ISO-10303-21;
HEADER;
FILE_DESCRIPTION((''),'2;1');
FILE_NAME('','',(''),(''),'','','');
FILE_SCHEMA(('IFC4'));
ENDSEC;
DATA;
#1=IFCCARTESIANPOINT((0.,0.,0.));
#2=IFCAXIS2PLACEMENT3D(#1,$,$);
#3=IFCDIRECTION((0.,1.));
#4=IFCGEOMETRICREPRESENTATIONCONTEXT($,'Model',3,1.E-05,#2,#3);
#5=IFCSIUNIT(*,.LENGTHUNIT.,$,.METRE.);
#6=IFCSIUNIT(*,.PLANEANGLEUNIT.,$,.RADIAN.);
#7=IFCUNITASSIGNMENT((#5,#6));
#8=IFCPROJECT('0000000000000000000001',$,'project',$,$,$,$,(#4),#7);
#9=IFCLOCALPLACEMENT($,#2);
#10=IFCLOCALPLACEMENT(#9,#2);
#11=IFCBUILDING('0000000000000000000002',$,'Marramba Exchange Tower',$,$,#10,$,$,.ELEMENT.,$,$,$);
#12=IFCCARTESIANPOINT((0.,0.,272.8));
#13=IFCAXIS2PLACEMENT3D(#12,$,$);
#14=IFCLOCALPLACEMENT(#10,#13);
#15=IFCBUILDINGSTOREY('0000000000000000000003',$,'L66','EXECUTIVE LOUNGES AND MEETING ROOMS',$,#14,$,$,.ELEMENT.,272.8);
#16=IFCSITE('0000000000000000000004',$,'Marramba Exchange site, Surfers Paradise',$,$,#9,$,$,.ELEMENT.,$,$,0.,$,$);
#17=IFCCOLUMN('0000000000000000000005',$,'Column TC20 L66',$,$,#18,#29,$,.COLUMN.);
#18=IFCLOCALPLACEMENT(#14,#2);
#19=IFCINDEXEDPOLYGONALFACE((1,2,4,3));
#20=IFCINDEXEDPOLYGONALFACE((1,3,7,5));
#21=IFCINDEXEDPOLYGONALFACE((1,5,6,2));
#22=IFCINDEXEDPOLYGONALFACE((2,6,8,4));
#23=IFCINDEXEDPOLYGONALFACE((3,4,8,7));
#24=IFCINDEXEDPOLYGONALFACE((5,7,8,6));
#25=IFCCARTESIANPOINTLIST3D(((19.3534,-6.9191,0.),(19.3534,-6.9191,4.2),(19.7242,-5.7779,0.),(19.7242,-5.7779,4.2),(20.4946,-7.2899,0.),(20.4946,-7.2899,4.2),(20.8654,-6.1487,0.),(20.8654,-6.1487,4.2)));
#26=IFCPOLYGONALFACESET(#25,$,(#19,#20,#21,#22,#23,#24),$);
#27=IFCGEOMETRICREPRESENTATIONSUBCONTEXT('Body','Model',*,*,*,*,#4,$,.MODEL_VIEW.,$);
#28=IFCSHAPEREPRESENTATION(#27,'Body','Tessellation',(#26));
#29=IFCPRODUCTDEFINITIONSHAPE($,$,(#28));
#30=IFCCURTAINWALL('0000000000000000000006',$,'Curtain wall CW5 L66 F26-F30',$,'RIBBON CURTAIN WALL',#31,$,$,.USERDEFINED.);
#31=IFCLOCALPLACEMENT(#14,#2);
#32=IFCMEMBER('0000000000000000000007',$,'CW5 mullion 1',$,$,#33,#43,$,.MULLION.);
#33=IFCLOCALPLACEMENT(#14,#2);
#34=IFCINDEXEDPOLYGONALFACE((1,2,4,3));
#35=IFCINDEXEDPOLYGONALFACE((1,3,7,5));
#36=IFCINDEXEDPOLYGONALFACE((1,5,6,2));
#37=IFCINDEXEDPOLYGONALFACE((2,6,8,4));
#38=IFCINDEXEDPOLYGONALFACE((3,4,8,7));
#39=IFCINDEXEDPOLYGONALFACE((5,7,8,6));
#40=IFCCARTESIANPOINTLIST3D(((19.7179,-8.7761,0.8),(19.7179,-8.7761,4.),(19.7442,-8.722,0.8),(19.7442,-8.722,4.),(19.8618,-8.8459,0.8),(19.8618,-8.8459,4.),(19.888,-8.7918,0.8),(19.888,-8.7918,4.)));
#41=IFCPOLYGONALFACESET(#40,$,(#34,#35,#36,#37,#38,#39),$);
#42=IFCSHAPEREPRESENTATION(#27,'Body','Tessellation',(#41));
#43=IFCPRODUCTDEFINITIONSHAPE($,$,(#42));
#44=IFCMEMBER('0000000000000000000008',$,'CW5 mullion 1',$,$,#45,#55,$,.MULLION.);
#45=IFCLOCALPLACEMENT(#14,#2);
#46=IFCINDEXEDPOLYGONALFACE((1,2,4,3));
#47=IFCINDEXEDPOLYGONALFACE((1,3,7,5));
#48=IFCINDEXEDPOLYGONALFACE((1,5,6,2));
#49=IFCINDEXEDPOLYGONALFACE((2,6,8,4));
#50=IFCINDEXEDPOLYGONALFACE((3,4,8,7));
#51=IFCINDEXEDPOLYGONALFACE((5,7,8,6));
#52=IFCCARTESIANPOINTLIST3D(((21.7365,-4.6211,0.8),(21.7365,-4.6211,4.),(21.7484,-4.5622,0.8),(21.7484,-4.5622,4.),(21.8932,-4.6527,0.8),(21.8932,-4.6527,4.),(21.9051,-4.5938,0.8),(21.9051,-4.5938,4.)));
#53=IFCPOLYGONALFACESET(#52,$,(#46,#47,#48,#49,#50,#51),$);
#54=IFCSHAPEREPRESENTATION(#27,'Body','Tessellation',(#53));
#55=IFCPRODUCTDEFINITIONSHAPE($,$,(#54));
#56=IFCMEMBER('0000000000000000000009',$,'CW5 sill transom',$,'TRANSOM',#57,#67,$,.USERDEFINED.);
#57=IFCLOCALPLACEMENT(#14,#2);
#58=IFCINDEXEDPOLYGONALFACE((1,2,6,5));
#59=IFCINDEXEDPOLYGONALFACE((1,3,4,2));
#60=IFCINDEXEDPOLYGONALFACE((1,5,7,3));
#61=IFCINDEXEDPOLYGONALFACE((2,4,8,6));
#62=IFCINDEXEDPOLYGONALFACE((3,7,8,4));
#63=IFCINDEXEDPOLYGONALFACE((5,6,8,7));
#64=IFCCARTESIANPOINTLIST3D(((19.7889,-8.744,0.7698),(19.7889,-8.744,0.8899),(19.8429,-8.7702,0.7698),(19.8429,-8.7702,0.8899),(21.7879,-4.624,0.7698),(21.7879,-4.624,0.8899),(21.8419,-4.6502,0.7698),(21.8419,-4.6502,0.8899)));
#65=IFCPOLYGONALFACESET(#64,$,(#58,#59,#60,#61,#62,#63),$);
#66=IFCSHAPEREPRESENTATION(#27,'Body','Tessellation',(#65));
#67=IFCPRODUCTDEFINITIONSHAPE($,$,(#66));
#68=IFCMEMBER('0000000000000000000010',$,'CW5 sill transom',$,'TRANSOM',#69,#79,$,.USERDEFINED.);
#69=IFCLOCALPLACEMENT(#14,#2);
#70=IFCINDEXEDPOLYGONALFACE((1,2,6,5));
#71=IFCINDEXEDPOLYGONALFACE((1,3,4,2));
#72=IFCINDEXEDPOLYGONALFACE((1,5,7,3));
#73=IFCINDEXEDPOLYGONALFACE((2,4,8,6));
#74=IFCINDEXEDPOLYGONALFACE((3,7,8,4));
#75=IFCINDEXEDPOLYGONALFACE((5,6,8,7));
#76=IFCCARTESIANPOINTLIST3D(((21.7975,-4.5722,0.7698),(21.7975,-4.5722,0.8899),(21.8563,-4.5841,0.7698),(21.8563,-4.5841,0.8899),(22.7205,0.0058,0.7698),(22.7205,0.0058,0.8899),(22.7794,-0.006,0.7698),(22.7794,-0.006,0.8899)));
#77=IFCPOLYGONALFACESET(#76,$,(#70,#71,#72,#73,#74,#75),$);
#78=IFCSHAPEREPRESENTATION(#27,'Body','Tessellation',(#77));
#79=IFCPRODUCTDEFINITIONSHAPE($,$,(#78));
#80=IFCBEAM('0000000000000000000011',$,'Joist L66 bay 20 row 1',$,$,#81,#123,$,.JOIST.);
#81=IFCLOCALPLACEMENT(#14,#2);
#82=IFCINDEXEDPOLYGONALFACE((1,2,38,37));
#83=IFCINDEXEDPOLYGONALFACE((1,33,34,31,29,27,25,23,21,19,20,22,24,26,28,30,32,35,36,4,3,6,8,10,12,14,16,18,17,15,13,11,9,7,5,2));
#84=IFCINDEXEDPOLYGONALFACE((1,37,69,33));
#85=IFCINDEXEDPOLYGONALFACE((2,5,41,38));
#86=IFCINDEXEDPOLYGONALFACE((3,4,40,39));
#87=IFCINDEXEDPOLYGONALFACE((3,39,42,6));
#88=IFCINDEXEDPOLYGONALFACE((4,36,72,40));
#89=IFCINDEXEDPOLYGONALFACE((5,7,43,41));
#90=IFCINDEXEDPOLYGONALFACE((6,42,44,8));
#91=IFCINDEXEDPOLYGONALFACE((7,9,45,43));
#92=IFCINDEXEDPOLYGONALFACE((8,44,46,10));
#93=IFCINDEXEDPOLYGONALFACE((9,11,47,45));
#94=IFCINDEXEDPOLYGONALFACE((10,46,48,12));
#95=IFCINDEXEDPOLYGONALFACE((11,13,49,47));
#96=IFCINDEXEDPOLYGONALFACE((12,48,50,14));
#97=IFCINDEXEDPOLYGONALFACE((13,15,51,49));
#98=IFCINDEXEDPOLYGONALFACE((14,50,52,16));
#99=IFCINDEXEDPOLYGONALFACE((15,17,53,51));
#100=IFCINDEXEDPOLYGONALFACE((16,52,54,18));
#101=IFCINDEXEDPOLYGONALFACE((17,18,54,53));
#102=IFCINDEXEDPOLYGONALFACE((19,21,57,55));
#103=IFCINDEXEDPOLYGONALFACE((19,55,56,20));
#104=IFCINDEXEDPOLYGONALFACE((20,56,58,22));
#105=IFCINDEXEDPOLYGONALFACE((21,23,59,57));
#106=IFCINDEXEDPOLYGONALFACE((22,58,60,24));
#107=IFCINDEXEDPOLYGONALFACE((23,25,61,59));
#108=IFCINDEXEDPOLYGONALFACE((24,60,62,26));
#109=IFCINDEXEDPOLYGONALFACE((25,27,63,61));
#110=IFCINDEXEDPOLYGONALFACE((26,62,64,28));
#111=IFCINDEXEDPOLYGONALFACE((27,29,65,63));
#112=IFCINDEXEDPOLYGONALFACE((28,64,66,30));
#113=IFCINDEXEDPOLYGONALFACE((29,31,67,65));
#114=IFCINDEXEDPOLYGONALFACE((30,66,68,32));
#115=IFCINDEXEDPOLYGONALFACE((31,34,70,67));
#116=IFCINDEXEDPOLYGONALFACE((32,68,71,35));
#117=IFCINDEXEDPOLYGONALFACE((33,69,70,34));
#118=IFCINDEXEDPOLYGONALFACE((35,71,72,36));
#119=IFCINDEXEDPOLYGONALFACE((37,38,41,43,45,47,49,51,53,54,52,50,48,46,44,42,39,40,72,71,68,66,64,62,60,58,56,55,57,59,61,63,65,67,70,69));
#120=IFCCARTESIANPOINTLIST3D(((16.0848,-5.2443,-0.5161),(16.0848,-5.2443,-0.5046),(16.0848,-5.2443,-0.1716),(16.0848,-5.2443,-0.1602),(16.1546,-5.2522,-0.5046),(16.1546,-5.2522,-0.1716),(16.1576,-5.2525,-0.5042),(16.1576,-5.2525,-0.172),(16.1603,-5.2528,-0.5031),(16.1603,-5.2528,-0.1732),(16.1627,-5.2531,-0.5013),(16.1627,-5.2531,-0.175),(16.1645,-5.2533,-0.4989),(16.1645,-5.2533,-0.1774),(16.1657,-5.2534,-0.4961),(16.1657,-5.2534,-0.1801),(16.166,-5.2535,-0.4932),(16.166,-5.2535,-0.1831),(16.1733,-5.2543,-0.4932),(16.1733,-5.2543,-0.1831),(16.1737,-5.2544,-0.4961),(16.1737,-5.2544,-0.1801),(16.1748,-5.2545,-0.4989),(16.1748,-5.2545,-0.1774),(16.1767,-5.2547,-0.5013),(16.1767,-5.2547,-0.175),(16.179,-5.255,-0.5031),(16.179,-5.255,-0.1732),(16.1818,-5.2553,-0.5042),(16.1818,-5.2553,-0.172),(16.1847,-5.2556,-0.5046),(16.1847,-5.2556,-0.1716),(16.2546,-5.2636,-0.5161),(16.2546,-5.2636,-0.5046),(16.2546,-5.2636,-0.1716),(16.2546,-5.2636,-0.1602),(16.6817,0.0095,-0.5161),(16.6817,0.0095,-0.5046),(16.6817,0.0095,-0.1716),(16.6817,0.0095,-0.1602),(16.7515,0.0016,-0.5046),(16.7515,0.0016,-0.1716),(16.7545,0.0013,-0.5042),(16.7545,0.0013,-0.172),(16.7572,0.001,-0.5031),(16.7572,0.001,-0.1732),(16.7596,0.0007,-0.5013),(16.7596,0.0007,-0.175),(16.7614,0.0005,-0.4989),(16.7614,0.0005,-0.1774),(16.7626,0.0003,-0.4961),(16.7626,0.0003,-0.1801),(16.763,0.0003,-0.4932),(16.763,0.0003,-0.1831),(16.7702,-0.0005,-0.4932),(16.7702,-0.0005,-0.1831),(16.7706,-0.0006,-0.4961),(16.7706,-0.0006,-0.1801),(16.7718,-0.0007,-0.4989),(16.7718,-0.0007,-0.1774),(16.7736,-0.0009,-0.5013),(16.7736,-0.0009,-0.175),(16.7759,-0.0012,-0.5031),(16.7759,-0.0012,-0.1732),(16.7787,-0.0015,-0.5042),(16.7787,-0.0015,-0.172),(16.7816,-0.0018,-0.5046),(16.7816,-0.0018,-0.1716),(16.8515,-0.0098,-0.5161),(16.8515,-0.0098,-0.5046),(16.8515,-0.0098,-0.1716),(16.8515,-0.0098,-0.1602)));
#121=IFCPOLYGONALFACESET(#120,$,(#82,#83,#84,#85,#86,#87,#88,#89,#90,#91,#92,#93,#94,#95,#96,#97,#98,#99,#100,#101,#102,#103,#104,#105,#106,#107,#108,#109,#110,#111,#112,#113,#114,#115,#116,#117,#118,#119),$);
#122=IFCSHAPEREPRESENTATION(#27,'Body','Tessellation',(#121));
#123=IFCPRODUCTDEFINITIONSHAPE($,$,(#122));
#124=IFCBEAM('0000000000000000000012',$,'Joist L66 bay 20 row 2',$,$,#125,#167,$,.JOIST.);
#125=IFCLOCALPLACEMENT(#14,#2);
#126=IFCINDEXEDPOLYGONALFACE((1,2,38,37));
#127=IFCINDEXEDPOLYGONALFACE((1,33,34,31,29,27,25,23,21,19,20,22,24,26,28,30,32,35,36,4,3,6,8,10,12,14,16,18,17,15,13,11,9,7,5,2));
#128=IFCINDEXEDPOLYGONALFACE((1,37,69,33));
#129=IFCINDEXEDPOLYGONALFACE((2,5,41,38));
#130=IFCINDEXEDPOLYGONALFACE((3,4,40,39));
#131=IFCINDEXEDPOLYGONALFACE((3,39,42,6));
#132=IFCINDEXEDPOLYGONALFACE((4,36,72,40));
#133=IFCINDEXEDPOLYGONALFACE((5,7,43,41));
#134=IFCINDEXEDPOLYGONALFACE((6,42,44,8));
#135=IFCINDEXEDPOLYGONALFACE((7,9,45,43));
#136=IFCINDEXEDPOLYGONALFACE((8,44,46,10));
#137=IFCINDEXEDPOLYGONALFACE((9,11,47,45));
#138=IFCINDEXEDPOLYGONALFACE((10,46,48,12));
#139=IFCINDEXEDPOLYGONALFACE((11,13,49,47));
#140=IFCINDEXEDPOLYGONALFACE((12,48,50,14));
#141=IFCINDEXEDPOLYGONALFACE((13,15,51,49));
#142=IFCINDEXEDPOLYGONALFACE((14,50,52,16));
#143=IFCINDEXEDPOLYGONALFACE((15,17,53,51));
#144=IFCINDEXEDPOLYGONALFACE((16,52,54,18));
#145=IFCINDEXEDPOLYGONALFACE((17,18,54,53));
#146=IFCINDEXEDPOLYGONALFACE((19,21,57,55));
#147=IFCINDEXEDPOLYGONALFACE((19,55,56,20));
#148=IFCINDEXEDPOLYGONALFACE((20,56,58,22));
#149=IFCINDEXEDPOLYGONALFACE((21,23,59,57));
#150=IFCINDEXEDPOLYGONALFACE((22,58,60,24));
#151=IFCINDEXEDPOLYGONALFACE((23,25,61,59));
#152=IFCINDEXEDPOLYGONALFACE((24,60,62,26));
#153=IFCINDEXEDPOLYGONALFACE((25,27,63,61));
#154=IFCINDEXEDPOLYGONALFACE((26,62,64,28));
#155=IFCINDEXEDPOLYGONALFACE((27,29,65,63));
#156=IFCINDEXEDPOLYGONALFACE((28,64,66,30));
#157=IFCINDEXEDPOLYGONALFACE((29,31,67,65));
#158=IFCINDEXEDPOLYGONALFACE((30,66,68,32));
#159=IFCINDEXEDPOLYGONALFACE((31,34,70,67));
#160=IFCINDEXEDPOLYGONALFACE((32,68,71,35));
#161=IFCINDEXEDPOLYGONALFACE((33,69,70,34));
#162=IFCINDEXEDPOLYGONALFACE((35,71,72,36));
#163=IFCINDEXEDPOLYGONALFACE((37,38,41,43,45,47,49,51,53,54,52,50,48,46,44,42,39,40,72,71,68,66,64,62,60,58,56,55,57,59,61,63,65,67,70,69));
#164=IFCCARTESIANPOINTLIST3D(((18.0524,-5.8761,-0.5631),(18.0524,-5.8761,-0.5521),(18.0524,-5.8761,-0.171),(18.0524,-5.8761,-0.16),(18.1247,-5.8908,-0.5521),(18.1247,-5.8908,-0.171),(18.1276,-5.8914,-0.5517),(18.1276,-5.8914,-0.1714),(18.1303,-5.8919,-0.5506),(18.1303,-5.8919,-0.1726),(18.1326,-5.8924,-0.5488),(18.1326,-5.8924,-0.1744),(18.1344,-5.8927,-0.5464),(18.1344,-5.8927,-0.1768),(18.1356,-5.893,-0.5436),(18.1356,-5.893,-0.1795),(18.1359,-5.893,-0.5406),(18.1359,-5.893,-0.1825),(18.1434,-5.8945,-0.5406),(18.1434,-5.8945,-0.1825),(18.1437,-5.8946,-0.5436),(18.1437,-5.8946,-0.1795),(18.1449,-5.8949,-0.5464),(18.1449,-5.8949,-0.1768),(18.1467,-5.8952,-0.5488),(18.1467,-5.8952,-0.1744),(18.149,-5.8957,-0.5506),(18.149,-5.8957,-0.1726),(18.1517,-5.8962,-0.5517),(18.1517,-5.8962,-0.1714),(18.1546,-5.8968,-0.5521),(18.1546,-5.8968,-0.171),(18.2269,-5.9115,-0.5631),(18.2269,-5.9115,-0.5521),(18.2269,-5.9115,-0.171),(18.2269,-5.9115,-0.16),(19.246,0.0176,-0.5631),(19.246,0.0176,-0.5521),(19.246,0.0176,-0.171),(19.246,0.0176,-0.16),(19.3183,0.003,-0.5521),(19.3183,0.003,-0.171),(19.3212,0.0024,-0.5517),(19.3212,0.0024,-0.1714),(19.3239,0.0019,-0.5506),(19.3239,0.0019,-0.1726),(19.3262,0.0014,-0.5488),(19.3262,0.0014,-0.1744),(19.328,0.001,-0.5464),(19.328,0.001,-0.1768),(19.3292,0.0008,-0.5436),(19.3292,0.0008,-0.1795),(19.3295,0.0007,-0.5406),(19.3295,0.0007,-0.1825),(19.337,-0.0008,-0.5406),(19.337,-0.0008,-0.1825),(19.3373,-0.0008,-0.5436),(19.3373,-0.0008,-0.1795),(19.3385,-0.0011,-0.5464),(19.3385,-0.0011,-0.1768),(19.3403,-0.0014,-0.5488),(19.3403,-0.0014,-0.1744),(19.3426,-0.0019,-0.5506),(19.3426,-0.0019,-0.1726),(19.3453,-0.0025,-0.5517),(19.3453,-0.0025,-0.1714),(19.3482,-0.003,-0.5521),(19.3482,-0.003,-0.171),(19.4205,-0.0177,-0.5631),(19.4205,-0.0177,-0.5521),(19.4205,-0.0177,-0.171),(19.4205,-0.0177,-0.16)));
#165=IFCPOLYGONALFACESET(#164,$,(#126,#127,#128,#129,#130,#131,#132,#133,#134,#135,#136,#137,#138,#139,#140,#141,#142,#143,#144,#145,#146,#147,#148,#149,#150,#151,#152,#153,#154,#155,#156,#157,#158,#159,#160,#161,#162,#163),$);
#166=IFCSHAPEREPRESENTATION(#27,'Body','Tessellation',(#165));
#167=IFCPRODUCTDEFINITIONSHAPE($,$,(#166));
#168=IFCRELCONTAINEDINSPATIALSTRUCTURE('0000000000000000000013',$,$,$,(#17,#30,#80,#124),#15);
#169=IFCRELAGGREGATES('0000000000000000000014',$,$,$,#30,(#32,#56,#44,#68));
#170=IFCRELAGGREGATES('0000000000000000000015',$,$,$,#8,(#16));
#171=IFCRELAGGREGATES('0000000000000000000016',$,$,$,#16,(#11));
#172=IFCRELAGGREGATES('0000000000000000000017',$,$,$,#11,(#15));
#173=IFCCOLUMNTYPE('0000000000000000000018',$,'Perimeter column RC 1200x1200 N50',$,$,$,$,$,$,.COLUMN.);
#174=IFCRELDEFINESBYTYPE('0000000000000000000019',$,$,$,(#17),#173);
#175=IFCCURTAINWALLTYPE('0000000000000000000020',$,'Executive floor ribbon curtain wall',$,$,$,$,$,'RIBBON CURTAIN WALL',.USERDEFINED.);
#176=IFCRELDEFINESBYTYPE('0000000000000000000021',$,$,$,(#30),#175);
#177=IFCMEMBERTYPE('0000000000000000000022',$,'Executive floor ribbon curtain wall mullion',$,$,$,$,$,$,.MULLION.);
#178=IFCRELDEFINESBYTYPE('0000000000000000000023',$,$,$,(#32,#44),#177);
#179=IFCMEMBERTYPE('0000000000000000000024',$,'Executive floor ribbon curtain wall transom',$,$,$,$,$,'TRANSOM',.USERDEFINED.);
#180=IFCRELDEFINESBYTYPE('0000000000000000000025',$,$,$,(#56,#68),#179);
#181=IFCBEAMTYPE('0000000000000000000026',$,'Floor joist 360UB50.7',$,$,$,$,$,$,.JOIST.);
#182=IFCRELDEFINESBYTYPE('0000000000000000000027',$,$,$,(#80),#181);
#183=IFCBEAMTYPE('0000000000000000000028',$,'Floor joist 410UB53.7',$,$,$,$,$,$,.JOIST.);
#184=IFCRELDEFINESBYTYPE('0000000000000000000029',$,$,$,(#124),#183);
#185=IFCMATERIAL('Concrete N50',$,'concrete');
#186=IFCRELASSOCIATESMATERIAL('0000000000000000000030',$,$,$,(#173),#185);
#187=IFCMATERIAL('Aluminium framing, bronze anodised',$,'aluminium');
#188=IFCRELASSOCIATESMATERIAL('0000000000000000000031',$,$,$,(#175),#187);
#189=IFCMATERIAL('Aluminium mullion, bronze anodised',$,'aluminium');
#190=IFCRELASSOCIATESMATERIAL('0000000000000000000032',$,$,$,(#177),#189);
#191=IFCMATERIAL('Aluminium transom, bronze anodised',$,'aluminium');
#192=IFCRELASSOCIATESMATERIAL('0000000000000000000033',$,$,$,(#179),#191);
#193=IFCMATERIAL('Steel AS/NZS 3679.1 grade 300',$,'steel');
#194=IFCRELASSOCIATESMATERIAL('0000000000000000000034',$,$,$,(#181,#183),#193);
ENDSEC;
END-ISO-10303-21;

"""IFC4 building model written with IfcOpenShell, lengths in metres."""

from ifc_helpers import new_model, si_unit, direction, frame, origin, origin_2d, place, context, subcontext, project, spatial, rectangle, i_section, extrude, material, material_profile, profile_set, type_object, element, aggregate, save


model = new_model("IFC4")

# Units and contexts
model_context = context("Model", 3, precision=1e-05, world=origin(), true_north=direction((0.0, 1.0)))
body_context = subcontext(model_context, "Body", "Model", "MODEL_VIEW")
ifc_project = project(units=[si_unit("LENGTHUNIT", "METRE"), si_unit("PLANEANGLEUNIT", "RADIAN")], contexts=[model_context])

# Site, building, storey
site_placement = place(None, origin())
site = spatial("IfcSite", under=ifc_project, at=site_placement, Name="Marramba Exchange site, Surfers Paradise", CompositionType="ELEMENT", RefElevation=0.0)
building_placement = place(site_placement, origin())
building = spatial("IfcBuilding", under=site, at=building_placement, Name="Marramba Exchange Tower", CompositionType="ELEMENT")
storey_placement = place(building_placement, frame((0.0, 0.0, 272.8)))
storey = spatial("IfcBuildingStorey", under=building, at=storey_placement, Name="L66", Description="EXECUTIVE LOUNGES AND MEETING ROOMS", CompositionType="ELEMENT", Elevation=272.8)

# Column
ifc_material_1 = material(Name="Concrete N50", Category="concrete")
ifc_material_profile_1 = material_profile(ifc_material_1, rectangle(XDim=1.2, YDim=1.2, at=origin_2d()), Name="RC 1200x1200")
ifc_profile_set_1 = profile_set([ifc_material_profile_1], Name="Concrete N50")
column_type = type_object("IfcColumnType", Name="Perimeter column RC 1200x1200 N50", PredefinedType="COLUMN", material=ifc_profile_set_1)
column_placement = place(storey_placement, frame((20.1094, -6.5339, 0.0), z_axis=(0.0, 0.0, 1.0), x_axis=(0.951057, -0.309017, 0.0)))
element("IfcColumn", 1, at=column_placement, inside=storey, type_object=column_type, Name="Column TC20 L66", PredefinedType="COLUMN", context=body_context, shape_type="SweptSolid", body=[
    extrude(rectangle(XDim=1.2, YDim=1.2, at=origin_2d()), origin(), (0.0, 0.0, 1.0), 4.2),
])

# Curtain wall, members
ifc_material_2 = material(Name="Aluminium framing, bronze anodised", Category="aluminium")
curtain_wall_type = type_object("IfcCurtainWallType", Name="Executive floor ribbon curtain wall", ElementType="RIBBON CURTAIN WALL", PredefinedType="USERDEFINED", material=ifc_material_2)
curtain_wall_placement = place(storey_placement, origin())
curtain_wall = element("IfcCurtainWall", 2, at=curtain_wall_placement, inside=storey, type_object=curtain_wall_type, Name="Curtain wall CW5 L66 F26-F30", ObjectType="RIBBON CURTAIN WALL", PredefinedType="USERDEFINED")
ifc_material_3 = material(Name="Aluminium mullion, bronze anodised", Category="aluminium")
ifc_material_profile_2 = material_profile(ifc_material_3, rectangle(XDim=0.1599, YDim=0.0601, at=origin_2d()), Name="CW5 mullion 60x160")
ifc_profile_set_2 = profile_set([ifc_material_profile_2], Name="Aluminium mullion, bronze anodised")
member_type_1 = type_object("IfcMemberType", Name="Executive floor ribbon curtain wall mullion", PredefinedType="MULLION", material=ifc_profile_set_2)
member_1_placement = place(storey_placement, frame((19.803, -8.7839, 0.8), z_axis=(0.0, 0.0, 1.0), x_axis=(-0.899697, 0.436515, 0.0)))
member_1 = element("IfcMember", 3, at=member_1_placement, type_object=member_type_1, Name="CW5 mullion 1", PredefinedType="MULLION", context=body_context, shape_type="SweptSolid", body=[
    extrude(rectangle(XDim=0.1599, YDim=0.0601, at=origin_2d()), origin(), (0.0, 0.0, 1.0), 3.2),
])
member_2_placement = place(storey_placement, frame((21.8208, -4.6074, 0.8), z_axis=(0.0, 0.0, 1.0), x_axis=(-0.980269, 0.197671, 0.0)))
member_2 = element("IfcMember", 4, at=member_2_placement, type_object=member_type_1, Name="CW5 mullion 1", PredefinedType="MULLION", context=body_context, shape_type="SweptSolid", body=[
    extrude(rectangle(XDim=0.1599, YDim=0.0601, at=origin_2d()), origin(), (0.0, 0.0, 1.0), 3.2),
])
ifc_material_4 = material(Name="Aluminium transom, bronze anodised", Category="aluminium")
ifc_material_profile_3 = material_profile(ifc_material_4, rectangle(XDim=0.0601, YDim=0.1201, at=origin_2d()), Name="CW5 transom 60x120")
ifc_profile_set_3 = profile_set([ifc_material_profile_3], Name="Aluminium transom, bronze anodised")
member_type_2 = type_object("IfcMemberType", Name="Executive floor ribbon curtain wall transom", ElementType="TRANSOM", PredefinedType="USERDEFINED", material=ifc_profile_set_3)
member_3_placement = place(storey_placement, frame((19.8159, -8.7571, 0.8298), z_axis=(0.436519, 0.899695, 0.0), x_axis=(-0.899695, 0.436519, 0.0)))
member_3 = element("IfcMember", 5, at=member_3_placement, type_object=member_type_2, Name="CW5 sill transom", ObjectType="TRANSOM", PredefinedType="USERDEFINED", context=body_context, shape_type="SweptSolid", body=[
    extrude(rectangle(XDim=0.0601, YDim=0.1201, at=origin_2d()), origin(), (0.0, 0.0, 1.0), 4.5793),
])
member_4_placement = place(storey_placement, frame((21.8269, -4.5781, 0.8298), z_axis=(0.197654, 0.980272, 0.0), x_axis=(-0.980272, 0.197654, 0.0)))
member_4 = element("IfcMember", 6, at=member_4_placement, type_object=member_type_2, Name="CW5 sill transom", ObjectType="TRANSOM", PredefinedType="USERDEFINED", context=body_context, shape_type="SweptSolid", body=[
    extrude(rectangle(XDim=0.0601, YDim=0.1201, at=origin_2d()), origin(), (0.0, 0.0, 1.0), 4.6702),
])

# Beams
ifc_material_5 = material(Name="Steel AS/NZS 3679.1 grade 300", Category="steel")
ifc_material_profile_4 = material_profile(ifc_material_5, i_section(OverallWidth=0.1709, OverallDepth=0.356, WebThickness=0.0073, FlangeThickness=0.0115, FilletRadius=0.0115, at=origin_2d()), Name="360UB50.7")
ifc_profile_set_4 = profile_set([ifc_material_profile_4], Name="Steel AS/NZS 3679.1 grade 300")
beam_type_1 = type_object("IfcBeamType", Name="Floor joist 360UB50.7", PredefinedType="JOIST", material=ifc_profile_set_4)
beam_1_placement = place(storey_placement, frame((16.1697, -5.2539, -0.3381), z_axis=(0.112889, 0.993608, 0.0), x_axis=(-0.993608, 0.112889, 0.0)))
element("IfcBeam", 7, at=beam_1_placement, inside=storey, type_object=beam_type_1, Name="Joist L66 bay 20 row 1", PredefinedType="JOIST", context=body_context, shape_type="SweptSolid", body=[
    extrude(i_section(OverallWidth=0.1709, OverallDepth=0.356, WebThickness=0.0073, FlangeThickness=0.0115, FilletRadius=0.0115, at=origin_2d()), origin(), (0.0, 0.0, 1.0), 5.2876),
])
ifc_material_profile_5 = material_profile(ifc_material_5, i_section(OverallWidth=0.178, OverallDepth=0.4031, WebThickness=0.0076, FlangeThickness=0.011, FilletRadius=0.0115, at=origin_2d()), Name="410UB53.7")
ifc_profile_set_5 = profile_set([ifc_material_profile_5], Name="Steel AS/NZS 3679.1 grade 300")
beam_type_2 = type_object("IfcBeamType", Name="Floor joist 410UB53.7", PredefinedType="JOIST", material=ifc_profile_set_5)
beam_2_placement = place(storey_placement, frame((18.1396, -5.8938, -0.3616), z_axis=(0.198489, 0.980103, 0.0), x_axis=(-0.980103, 0.198489, 0.0)))
element("IfcBeam", 8, at=beam_2_placement, inside=storey, type_object=beam_type_2, Name="Joist L66 bay 20 row 2", PredefinedType="JOIST", context=body_context, shape_type="SweptSolid", body=[
    extrude(i_section(OverallWidth=0.178, OverallDepth=0.4031, WebThickness=0.0076, FlangeThickness=0.011, FilletRadius=0.0115, at=origin_2d()), origin(), (0.0, 0.0, 1.0), 6.0134),
])

aggregate(curtain_wall, [member_1, member_3, member_2, member_4])

save(model, "model.ifc")
